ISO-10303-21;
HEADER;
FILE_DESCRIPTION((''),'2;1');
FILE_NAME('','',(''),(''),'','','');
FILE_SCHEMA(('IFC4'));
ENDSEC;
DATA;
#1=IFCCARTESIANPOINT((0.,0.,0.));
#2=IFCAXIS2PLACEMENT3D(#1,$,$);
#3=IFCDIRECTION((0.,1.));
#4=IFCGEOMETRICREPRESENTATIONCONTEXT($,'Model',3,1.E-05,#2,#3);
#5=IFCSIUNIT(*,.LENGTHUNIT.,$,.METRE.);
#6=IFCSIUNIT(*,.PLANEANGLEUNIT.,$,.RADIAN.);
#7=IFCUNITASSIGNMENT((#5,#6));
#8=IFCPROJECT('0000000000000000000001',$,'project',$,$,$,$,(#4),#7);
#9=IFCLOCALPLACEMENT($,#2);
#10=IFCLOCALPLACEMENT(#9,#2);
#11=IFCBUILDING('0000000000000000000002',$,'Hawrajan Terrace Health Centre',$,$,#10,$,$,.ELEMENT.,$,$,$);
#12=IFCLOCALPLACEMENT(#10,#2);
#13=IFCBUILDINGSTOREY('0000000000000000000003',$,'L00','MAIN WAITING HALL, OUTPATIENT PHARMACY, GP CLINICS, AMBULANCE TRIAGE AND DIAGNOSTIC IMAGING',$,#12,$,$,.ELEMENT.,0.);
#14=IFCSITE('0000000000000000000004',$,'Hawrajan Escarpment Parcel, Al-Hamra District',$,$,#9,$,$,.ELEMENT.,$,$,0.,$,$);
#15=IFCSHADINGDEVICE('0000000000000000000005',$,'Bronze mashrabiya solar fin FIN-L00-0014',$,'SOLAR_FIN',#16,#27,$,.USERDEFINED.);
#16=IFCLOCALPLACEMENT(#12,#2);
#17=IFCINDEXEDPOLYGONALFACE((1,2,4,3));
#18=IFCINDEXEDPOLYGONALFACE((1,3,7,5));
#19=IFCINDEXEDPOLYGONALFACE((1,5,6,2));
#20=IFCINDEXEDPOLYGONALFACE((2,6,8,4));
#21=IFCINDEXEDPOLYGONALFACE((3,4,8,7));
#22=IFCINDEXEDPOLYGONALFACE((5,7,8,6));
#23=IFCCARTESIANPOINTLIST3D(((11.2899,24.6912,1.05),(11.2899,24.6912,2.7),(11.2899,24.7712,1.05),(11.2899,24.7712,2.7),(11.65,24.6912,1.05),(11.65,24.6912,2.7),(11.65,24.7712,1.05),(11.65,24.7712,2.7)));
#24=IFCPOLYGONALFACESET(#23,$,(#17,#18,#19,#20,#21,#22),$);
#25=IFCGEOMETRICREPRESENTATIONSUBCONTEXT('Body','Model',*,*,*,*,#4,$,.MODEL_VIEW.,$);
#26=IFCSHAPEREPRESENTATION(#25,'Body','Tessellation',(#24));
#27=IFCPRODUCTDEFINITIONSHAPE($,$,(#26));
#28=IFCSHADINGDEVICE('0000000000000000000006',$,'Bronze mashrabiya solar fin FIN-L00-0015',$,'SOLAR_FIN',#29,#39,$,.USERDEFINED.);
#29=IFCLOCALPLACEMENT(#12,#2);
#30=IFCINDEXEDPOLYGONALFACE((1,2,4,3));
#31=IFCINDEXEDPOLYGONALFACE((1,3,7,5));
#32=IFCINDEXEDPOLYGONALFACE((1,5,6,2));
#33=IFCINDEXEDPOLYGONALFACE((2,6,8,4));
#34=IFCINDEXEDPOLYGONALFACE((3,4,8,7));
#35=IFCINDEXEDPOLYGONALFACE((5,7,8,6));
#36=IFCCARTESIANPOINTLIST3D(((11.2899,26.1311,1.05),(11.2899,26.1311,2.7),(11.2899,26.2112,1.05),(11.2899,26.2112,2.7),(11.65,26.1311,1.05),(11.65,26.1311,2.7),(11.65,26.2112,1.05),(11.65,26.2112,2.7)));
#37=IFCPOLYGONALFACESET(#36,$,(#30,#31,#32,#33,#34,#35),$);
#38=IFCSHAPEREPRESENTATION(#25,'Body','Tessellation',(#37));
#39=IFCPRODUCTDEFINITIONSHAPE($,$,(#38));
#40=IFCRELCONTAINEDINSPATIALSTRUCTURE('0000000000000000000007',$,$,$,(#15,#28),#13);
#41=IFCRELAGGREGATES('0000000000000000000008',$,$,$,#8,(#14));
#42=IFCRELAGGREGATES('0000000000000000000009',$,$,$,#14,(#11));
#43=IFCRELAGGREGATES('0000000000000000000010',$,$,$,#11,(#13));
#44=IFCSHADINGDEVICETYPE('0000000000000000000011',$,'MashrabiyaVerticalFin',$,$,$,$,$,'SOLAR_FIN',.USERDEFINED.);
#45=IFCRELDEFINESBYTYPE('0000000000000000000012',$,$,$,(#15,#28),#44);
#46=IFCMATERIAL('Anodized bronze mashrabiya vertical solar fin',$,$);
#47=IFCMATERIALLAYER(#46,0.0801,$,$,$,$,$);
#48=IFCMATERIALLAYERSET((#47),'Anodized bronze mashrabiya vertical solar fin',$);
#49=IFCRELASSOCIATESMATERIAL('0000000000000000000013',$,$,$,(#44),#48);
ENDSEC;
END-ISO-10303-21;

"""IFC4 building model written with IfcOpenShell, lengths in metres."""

from ifc_helpers import new_model, si_unit, direction, frame, origin, origin_2d, place, context, subcontext, project, spatial, rectangle, extrude, material, layer, layer_set, type_object, element, save


model = new_model("IFC4")

# Units and contexts
model_context = context("Model", 3, precision=1e-05, world=origin(), true_north=direction((0.0, 1.0)))
body_context = subcontext(model_context, "Body", "Model", "MODEL_VIEW")
ifc_project = project(units=[si_unit("LENGTHUNIT", "METRE"), si_unit("PLANEANGLEUNIT", "RADIAN")], contexts=[model_context])

# Site, building, storey
site_placement = place(None, origin())
site = spatial("IfcSite", under=ifc_project, at=site_placement, Name="Hawrajan Escarpment Parcel, Al-Hamra District", CompositionType="ELEMENT", RefElevation=0.0)
building_placement = place(site_placement, origin())
building = spatial("IfcBuilding", under=site, at=building_placement, Name="Hawrajan Terrace Health Centre", CompositionType="ELEMENT")
storey_placement = place(building_placement, origin())
storey = spatial("IfcBuildingStorey", under=building, at=storey_placement, Name="L00", Description="MAIN WAITING HALL, OUTPATIENT PHARMACY, GP CLINICS, AMBULANCE TRIAGE AND DIAGNOSTIC IMAGING", CompositionType="ELEMENT", Elevation=0.0)

# Shading devices
ifc_material_1 = material(Name="Anodized bronze mashrabiya vertical solar fin")
ifc_layer_1 = layer(ifc_material_1, 0.0801)
ifc_layer_set_1 = layer_set([ifc_layer_1], Name="Anodized bronze mashrabiya vertical solar fin")
shading_device_type = type_object("IfcShadingDeviceType", Name="MashrabiyaVerticalFin", ElementType="SOLAR_FIN", PredefinedType="USERDEFINED", material=ifc_layer_set_1)
for number, where, z_axis, x_axis, name in (
    (1, (11.47, 24.7312, 1.05), (0.0, 0.0, 1.0), (0.0, 1.0, 0.0), "Bronze mashrabiya solar fin FIN-L00-0014"),
    (2, (11.47, 26.1711, 1.05), (0.0, 0.0, 1.0), (0.0, 1.0, 0.0), "Bronze mashrabiya solar fin FIN-L00-0015"),
):
    element("IfcShadingDevice", number, at=place(storey_placement, frame(where, z_axis=z_axis, x_axis=x_axis)), inside=storey, type_object=shading_device_type, Name=name, ObjectType="SOLAR_FIN", PredefinedType="USERDEFINED", context=body_context, shape_type="SweptSolid", body=[
        extrude(rectangle(XDim=0.0801, YDim=0.3601, at=origin_2d()), origin(), (0.0, 0.0, 1.0), 1.6499),
    ])

save(model, "model.ifc")
